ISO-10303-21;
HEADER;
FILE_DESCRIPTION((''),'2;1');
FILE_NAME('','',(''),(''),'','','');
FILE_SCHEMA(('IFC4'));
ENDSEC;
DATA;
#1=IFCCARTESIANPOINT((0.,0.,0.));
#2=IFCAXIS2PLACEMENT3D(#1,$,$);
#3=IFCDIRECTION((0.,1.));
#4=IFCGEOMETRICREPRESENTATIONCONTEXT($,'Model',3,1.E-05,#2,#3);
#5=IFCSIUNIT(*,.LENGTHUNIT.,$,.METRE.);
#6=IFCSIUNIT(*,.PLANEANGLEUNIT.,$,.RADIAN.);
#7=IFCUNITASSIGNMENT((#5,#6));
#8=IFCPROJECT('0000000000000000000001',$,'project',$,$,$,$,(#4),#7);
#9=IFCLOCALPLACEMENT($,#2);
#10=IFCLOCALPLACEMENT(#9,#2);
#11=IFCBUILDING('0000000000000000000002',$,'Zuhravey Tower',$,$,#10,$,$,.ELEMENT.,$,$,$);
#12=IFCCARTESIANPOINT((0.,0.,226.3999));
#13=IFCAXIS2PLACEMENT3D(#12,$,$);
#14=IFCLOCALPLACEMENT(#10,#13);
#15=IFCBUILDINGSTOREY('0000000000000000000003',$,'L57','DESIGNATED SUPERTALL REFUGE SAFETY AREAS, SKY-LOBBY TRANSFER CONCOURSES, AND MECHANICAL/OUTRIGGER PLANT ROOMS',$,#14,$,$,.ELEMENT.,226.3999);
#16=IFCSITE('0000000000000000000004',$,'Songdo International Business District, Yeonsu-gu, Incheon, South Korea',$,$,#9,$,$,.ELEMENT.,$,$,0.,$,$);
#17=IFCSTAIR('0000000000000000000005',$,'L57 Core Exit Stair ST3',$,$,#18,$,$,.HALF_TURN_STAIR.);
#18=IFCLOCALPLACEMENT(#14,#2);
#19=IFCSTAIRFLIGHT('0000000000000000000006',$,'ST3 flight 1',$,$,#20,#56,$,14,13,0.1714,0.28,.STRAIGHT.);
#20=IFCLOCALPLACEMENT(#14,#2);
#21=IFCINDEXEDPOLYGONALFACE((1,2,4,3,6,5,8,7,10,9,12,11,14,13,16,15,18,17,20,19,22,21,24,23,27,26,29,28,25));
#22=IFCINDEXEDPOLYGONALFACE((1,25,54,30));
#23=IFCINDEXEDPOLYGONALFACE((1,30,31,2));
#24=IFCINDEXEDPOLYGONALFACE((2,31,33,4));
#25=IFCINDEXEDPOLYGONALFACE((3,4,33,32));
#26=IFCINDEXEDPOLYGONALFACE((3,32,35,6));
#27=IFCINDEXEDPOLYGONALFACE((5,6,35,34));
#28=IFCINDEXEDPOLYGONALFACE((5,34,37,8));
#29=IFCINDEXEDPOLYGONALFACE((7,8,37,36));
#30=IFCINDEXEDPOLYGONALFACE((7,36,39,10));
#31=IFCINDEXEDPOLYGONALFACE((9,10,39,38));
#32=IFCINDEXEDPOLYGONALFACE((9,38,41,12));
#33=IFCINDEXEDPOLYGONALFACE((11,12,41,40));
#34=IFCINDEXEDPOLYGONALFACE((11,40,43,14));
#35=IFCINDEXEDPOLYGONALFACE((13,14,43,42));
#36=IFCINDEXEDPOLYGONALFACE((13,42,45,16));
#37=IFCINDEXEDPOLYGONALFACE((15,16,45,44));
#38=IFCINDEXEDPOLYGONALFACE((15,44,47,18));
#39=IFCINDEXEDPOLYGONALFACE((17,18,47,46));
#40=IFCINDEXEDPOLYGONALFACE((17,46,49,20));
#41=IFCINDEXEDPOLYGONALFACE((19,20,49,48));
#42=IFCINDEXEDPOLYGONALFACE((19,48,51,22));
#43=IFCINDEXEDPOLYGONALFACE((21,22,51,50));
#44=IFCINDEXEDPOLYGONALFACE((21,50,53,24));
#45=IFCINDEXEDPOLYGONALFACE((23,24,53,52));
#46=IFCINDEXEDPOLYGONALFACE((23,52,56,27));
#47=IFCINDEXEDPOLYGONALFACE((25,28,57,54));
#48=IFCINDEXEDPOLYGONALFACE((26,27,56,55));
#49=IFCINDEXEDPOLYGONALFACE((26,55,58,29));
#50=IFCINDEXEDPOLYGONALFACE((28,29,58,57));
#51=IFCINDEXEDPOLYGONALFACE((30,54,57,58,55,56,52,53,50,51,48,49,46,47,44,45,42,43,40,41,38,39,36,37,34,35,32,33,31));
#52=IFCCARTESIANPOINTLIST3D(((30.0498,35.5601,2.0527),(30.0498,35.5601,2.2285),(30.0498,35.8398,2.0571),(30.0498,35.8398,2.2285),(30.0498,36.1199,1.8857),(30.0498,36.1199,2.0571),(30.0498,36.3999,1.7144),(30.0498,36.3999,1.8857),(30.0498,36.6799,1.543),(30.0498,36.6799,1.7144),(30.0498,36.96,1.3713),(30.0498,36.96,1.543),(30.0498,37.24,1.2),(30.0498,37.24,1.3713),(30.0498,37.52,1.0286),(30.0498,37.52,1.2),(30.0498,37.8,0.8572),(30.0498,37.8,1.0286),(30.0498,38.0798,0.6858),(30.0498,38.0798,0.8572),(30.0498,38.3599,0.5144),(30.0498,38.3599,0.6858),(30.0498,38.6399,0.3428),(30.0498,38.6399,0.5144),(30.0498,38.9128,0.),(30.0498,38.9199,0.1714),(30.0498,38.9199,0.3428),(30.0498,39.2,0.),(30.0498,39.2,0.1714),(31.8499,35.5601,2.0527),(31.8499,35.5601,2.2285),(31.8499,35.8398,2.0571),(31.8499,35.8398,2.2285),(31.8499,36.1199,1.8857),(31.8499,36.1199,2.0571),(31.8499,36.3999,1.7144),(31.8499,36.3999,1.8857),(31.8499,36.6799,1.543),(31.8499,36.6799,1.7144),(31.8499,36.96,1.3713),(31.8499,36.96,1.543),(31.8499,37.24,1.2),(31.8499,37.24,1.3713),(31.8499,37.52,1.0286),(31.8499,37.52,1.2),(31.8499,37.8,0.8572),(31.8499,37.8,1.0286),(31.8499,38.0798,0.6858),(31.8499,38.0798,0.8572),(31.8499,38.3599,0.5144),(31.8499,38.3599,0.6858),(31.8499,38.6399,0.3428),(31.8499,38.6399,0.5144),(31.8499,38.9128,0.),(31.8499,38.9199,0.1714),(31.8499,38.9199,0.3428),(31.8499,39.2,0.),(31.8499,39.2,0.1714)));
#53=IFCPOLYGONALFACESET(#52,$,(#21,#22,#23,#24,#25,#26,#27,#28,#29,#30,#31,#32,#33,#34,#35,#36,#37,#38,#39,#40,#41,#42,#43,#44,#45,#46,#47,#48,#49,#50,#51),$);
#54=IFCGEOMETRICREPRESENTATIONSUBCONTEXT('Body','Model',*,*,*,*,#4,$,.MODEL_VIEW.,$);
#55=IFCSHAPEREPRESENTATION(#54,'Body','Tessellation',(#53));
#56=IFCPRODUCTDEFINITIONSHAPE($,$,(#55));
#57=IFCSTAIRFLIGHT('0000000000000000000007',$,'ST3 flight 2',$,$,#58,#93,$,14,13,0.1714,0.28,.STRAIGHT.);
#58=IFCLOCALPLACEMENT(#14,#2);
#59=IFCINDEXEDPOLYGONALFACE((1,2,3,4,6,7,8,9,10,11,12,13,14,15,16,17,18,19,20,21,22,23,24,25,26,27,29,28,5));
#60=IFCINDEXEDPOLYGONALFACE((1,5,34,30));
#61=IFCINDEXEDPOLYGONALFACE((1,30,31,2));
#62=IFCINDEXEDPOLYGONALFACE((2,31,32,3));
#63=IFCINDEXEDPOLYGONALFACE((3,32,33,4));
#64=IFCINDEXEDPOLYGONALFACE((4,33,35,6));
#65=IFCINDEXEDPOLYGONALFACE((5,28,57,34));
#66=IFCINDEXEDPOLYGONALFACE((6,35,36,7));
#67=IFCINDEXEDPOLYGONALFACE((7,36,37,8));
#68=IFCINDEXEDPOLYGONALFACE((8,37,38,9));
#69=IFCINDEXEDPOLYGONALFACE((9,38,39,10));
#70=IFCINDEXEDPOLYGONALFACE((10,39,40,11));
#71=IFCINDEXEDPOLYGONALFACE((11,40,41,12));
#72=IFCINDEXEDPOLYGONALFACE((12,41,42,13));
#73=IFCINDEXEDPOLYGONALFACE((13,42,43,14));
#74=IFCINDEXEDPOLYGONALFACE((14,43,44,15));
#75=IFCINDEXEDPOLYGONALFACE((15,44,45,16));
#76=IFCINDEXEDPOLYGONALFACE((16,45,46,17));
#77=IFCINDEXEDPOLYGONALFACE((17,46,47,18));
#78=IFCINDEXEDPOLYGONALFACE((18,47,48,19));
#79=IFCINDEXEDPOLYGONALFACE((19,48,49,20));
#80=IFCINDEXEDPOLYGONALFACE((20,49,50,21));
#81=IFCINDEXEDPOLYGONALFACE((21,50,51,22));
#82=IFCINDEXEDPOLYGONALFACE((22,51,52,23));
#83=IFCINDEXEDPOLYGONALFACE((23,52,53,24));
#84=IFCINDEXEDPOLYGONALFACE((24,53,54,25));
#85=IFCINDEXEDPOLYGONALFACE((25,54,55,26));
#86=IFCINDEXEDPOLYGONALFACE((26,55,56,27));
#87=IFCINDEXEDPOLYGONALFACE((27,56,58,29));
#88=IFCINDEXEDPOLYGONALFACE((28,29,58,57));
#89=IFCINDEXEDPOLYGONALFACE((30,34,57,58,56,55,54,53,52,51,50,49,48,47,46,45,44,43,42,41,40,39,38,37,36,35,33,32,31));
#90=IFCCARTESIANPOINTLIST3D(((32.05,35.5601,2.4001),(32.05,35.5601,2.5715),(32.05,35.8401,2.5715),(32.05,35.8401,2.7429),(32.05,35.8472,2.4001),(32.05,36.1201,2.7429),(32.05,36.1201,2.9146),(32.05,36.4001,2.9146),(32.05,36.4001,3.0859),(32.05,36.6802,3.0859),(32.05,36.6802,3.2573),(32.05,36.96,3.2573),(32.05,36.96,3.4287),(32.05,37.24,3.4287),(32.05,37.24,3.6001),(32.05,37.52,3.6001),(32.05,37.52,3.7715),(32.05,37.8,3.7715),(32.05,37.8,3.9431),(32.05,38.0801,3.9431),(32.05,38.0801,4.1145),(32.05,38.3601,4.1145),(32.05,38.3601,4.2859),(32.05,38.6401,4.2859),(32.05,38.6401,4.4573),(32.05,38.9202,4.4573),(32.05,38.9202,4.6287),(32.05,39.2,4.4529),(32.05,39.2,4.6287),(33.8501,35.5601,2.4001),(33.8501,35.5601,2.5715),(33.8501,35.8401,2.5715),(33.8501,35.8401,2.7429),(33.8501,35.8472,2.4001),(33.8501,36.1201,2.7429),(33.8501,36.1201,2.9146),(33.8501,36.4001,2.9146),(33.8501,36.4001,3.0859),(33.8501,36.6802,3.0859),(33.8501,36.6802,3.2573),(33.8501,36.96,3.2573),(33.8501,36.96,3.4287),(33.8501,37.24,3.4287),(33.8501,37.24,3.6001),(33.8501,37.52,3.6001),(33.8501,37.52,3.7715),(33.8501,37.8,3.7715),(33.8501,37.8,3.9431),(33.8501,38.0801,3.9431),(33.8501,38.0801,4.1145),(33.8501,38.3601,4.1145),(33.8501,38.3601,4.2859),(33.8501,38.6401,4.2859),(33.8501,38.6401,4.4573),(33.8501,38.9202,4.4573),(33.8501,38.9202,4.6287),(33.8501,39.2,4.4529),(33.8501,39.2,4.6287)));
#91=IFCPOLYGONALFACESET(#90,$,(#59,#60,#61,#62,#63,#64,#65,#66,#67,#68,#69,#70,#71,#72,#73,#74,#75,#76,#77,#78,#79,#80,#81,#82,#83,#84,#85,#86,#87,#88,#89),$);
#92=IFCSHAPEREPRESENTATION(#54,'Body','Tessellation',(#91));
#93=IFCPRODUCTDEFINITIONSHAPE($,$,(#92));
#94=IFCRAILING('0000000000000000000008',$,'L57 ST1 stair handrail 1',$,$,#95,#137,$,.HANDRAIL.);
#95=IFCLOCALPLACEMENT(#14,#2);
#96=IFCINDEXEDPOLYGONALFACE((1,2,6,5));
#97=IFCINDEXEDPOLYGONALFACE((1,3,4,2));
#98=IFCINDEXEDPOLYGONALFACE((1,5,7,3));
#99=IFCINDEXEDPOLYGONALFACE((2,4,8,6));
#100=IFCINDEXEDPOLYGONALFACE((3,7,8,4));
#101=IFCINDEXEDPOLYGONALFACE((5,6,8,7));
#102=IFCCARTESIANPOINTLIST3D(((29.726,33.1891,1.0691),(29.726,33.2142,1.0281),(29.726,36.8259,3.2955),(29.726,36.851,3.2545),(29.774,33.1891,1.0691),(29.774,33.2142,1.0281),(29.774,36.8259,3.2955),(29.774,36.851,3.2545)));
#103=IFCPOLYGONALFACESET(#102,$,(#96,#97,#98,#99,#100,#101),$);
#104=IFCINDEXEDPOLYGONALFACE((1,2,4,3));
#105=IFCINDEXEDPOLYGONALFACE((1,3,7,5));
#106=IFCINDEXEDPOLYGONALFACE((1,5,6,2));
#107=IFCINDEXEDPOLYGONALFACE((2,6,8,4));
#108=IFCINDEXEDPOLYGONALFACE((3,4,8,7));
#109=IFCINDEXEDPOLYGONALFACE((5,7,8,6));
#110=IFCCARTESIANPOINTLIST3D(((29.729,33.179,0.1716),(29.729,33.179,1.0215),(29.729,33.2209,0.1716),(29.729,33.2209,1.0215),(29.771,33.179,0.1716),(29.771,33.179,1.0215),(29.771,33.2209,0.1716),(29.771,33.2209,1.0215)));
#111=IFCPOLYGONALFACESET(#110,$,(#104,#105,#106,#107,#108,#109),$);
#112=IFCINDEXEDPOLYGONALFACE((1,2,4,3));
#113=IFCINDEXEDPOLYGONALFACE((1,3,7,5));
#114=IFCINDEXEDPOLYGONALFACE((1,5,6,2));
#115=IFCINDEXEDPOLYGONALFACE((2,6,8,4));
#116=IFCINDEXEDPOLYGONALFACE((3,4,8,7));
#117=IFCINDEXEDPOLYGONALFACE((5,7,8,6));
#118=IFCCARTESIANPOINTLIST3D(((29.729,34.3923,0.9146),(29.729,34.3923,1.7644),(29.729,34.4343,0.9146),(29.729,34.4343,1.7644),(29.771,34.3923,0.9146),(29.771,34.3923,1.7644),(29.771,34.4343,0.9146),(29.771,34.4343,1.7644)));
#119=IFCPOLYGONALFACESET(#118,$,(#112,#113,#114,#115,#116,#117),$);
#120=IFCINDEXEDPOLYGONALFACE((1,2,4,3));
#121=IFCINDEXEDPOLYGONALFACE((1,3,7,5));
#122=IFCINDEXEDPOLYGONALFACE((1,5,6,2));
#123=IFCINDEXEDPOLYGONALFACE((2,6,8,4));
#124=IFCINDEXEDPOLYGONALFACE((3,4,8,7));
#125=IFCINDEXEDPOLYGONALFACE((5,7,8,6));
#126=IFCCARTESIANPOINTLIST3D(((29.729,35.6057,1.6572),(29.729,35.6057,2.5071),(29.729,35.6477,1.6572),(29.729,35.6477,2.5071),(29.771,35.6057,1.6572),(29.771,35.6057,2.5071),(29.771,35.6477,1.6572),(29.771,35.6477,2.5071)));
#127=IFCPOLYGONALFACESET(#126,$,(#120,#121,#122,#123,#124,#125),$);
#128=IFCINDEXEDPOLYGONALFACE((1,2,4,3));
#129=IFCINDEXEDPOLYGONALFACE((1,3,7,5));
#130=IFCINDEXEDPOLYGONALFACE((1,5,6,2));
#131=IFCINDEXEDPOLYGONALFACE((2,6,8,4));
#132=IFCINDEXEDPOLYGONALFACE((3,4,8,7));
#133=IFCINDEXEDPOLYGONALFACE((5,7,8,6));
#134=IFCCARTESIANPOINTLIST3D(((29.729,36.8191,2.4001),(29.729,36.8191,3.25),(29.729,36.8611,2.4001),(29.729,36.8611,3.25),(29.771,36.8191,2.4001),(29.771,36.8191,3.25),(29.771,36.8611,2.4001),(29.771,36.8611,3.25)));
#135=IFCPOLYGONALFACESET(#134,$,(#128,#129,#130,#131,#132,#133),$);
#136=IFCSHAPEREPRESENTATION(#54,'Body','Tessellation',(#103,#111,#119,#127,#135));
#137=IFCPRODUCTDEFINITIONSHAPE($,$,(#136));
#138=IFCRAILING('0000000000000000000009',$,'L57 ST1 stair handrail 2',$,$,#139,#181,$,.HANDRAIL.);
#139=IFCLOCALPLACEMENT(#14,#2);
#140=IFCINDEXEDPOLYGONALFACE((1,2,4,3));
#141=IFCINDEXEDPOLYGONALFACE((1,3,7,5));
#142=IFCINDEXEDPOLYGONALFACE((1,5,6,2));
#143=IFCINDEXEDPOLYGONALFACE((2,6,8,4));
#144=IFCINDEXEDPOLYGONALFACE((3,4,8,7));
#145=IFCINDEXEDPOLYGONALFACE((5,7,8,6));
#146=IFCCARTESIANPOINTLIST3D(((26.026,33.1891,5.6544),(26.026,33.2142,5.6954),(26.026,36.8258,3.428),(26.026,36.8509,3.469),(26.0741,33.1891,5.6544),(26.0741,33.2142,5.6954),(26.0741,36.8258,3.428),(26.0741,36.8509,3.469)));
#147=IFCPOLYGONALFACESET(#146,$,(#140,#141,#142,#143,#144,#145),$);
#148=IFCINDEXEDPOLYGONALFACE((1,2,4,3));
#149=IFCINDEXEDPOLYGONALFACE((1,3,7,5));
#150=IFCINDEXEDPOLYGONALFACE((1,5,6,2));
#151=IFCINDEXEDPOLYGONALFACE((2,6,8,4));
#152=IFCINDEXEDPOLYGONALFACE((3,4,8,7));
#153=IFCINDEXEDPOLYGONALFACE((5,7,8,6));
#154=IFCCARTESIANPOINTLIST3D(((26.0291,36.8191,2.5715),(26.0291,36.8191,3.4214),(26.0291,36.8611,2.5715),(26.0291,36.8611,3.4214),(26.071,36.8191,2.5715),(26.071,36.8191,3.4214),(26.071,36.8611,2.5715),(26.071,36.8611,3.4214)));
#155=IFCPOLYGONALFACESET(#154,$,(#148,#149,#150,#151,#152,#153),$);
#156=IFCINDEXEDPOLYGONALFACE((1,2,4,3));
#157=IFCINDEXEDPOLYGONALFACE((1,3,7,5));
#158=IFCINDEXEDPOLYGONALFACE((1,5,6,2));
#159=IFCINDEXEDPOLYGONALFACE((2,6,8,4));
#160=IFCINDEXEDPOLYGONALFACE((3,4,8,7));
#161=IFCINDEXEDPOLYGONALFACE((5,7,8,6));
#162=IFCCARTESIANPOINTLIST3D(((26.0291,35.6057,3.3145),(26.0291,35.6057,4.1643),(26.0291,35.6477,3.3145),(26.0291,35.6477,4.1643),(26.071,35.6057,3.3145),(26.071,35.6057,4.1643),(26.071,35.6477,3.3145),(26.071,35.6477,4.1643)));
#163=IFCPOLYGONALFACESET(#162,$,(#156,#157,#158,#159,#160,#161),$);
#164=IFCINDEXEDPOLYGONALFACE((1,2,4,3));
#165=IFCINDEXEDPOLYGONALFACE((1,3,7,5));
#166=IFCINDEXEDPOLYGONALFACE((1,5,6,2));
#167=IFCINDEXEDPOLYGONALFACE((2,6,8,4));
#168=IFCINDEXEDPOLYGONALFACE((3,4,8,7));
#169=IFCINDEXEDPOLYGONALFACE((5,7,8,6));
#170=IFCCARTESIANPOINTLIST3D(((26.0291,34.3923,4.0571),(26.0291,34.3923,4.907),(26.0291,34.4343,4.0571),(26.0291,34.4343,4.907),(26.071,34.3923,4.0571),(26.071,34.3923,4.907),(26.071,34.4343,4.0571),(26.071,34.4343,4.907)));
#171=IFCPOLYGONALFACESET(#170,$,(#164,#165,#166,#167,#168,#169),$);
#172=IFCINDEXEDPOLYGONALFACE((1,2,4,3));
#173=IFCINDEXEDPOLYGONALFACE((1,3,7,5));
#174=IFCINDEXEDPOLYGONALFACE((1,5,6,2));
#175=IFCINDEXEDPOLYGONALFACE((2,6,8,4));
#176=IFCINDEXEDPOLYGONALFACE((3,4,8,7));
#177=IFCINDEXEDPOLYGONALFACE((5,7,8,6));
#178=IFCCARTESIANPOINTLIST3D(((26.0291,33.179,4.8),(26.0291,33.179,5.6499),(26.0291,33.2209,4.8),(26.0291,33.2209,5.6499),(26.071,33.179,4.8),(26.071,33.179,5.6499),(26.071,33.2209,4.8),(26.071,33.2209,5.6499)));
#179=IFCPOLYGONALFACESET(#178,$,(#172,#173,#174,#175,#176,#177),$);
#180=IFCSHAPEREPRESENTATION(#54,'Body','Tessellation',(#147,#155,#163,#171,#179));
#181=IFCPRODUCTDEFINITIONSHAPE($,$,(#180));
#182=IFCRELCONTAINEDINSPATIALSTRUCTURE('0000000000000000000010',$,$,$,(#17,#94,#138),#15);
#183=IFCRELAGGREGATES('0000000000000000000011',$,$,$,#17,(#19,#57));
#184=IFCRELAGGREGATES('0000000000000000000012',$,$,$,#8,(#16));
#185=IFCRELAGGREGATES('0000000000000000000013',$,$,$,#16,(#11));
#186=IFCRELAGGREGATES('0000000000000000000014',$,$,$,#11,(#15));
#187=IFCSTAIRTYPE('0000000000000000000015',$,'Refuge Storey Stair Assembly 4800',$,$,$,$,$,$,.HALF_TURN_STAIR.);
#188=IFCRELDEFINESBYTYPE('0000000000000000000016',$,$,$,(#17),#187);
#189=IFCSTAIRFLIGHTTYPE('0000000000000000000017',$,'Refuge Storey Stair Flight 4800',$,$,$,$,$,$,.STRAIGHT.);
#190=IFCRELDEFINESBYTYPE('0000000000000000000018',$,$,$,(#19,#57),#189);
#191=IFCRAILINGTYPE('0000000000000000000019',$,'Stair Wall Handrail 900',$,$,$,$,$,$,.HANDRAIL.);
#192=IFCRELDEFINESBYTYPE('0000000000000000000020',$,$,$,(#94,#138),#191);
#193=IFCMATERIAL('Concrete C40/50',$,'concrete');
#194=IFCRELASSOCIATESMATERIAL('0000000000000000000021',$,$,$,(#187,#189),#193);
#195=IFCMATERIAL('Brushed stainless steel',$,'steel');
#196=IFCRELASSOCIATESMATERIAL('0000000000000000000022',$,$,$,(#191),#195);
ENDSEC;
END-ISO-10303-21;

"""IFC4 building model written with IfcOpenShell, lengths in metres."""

from ifc_helpers import new_model, si_unit, direction, frame, origin, origin_2d, place, context, subcontext, project, spatial, polyline, rectangle, outline, extrude, material, type_object, element, aggregate, save


model = new_model("IFC4")

# Units and contexts
model_context = context("Model", 3, precision=1e-05, world=origin(), true_north=direction((0.0, 1.0)))
body_context = subcontext(model_context, "Body", "Model", "MODEL_VIEW")
ifc_project = project(units=[si_unit("LENGTHUNIT", "METRE"), si_unit("PLANEANGLEUNIT", "RADIAN")], contexts=[model_context])

# Site, building, storey
site_placement = place(None, origin())
site = spatial("IfcSite", under=ifc_project, at=site_placement, Name="Songdo International Business District, Yeonsu-gu, Incheon, South Korea", CompositionType="ELEMENT", RefElevation=0.0)
building_placement = place(site_placement, origin())
building = spatial("IfcBuilding", under=site, at=building_placement, Name="Zuhravey Tower", CompositionType="ELEMENT")
storey_placement = place(building_placement, frame((0.0, 0.0, 226.3999)))
storey = spatial("IfcBuildingStorey", under=building, at=storey_placement, Name="L57", Description="DESIGNATED SUPERTALL REFUGE SAFETY AREAS, SKY-LOBBY TRANSFER CONCOURSES, AND MECHANICAL/OUTRIGGER PLANT ROOMS", CompositionType="ELEMENT", Elevation=226.3999)

# Stair, stair flights
ifc_material_1 = material(Name="Concrete C40/50", Category="concrete")
stair_type = type_object("IfcStairType", Name="Refuge Storey Stair Assembly 4800", PredefinedType="HALF_TURN_STAIR", material=ifc_material_1)
stair_flight_type = type_object("IfcStairFlightType", Name="Refuge Storey Stair Flight 4800", PredefinedType="STRAIGHT", material=ifc_material_1)
stair_1_placement = place(storey_placement, origin())
stair_1 = element("IfcStair", 1, at=stair_1_placement, inside=storey, type_object=stair_type, Name="L57 Core Exit Stair ST3", PredefinedType="HALF_TURN_STAIR")
stair_flight_1_placement = place(storey_placement, frame((30.95, 39.2, 0.0), z_axis=(0.0, 0.0, 1.0), x_axis=(0.0, -1.0, 0.0)))
stair_flight_1 = element("IfcStairFlight", 2, at=stair_flight_1_placement, type_object=stair_flight_type, Name="ST3 flight 1", NumberOfRisers=14, NumberOfTreads=13, PredefinedType="STRAIGHT", RiserHeight=0.1714, TreadLength=0.28, context=body_context, shape_type="SweptSolid", body=[
    extrude(outline(polyline([(0.0, 0.0), (0.0, 0.1714), (0.28, 0.1714), (0.28, 0.3428), (0.5601, 0.3428), (0.5601, 0.5144), (0.8401, 0.5144), (0.8401, 0.6858), (1.1201, 0.6858), (1.1201, 0.8572), (1.3999, 0.8572), (1.3999, 1.0286), (1.6799, 1.0286), (1.6799, 1.2), (1.96, 1.2), (1.96, 1.3713), (2.24, 1.3713), (2.24, 1.543), (2.52, 1.543), (2.52, 1.7144), (2.8, 1.7144), (2.8, 1.8857), (3.0801, 1.8857), (3.0801, 2.0571), (3.3601, 2.0571), (3.3601, 2.2285), (3.6399, 2.2285), (3.6399, 2.3999), (3.6399, 2.0527), (0.2871, 0.0), (0.0, 0.0)])), frame((0.0, 0.8999, 0.0), z_axis=(0.0, -1.0, 0.0), x_axis=(1.0, 0.0, 0.0)), (0.0, 0.0, 1.0), 1.8),
])
stair_flight_2_placement = place(storey_placement, frame((32.95, 35.5601, 2.4001), z_axis=(0.0, 0.0, 1.0), x_axis=(0.0, 1.0, 0.0)))
stair_flight_2 = element("IfcStairFlight", 3, at=stair_flight_2_placement, type_object=stair_flight_type, Name="ST3 flight 2", NumberOfRisers=14, NumberOfTreads=13, PredefinedType="STRAIGHT", RiserHeight=0.1714, TreadLength=0.28, context=body_context, shape_type="SweptSolid", body=[
    extrude(outline(polyline([(0.0, 0.0), (0.0, 0.1714), (0.28, 0.1714), (0.28, 0.3428), (0.5601, 0.3428), (0.5601, 0.5144), (0.8401, 0.5144), (0.8401, 0.6858), (1.1201, 0.6858), (1.1201, 0.8572), (1.3999, 0.8572), (1.3999, 1.0286), (1.6799, 1.0286), (1.6799, 1.2), (1.96, 1.2), (1.96, 1.3713), (2.24, 1.3713), (2.24, 1.543), (2.52, 1.543), (2.52, 1.7144), (2.8, 1.7144), (2.8, 1.8857), (3.0801, 1.8857), (3.0801, 2.0571), (3.3601, 2.0571), (3.3601, 2.2285), (3.6399, 2.2285), (3.6399, 2.3999), (3.6399, 2.0527), (0.2871, 0.0), (0.0, 0.0)])), frame((0.0, 0.8999, 0.0), z_axis=(0.0, -1.0, 0.0), x_axis=(1.0, 0.0, 0.0)), (0.0, 0.0, 1.0), 1.8),
])
aggregate(stair_1, [stair_flight_1, stair_flight_2])

# Railings
ifc_material_2 = material(Name="Brushed stainless steel", Category="steel")
railing_type_1 = type_object("IfcRailingType", Name="Stair Wall Handrail 900", PredefinedType="HANDRAIL", material=ifc_material_2)
railing_1_placement = place(storey_placement, frame((29.75, 33.2, 0.1716)))
element("IfcRailing", 4, at=railing_1_placement, inside=storey, type_object=railing_type_1, Name="L57 ST1 stair handrail 1", PredefinedType="HANDRAIL", context=body_context, shape_type="SweptSolid", body=[
    extrude(rectangle(XDim=0.0481, YDim=0.0481, at=origin_2d()), frame((0.0, 0.0017, 0.877), z_axis=(0.0, 0.852866, 0.52213), x_axis=(-1.0, 0.0, 0.0)), (0.0, 0.0, 1.0), 4.2642),
    extrude(rectangle(XDim=0.042, YDim=0.042, at=origin_2d()), origin(), (0.0, 0.0, 1.0), 0.8499),
    extrude(rectangle(XDim=0.042, YDim=0.042, at=origin_2d()), frame((0.0, 1.2134, 0.7429)), (0.0, 0.0, 1.0), 0.8499),
    extrude(rectangle(XDim=0.042, YDim=0.042, at=origin_2d()), frame((0.0, 2.4268, 1.4856)), (0.0, 0.0, 1.0), 0.8499),
    extrude(rectangle(XDim=0.042, YDim=0.042, at=origin_2d()), frame((0.0, 3.6401, 2.2285)), (0.0, 0.0, 1.0), 0.8499),
])
railing_2_placement = place(storey_placement, frame((26.05, 36.8401, 2.5715)))
element("IfcRailing", 5, at=railing_2_placement, inside=storey, type_object=railing_type_1, Name="L57 ST1 stair handrail 2", PredefinedType="HANDRAIL", context=body_context, shape_type="SweptSolid", body=[
    extrude(rectangle(XDim=0.0481, YDim=0.0481, at=origin_2d()), frame((0.0, -0.0017, 0.877), z_axis=(0.0, -0.852866, 0.52213), x_axis=(1.0, 0.0, 0.0)), (0.0, 0.0, 1.0), 4.2642),
    extrude(rectangle(XDim=0.042, YDim=0.042, at=origin_2d()), origin(), (0.0, 0.0, 1.0), 0.8499),
    extrude(rectangle(XDim=0.042, YDim=0.042, at=origin_2d()), frame((0.0, -1.2134, 0.7429)), (0.0, 0.0, 1.0), 0.8499),
    extrude(rectangle(XDim=0.042, YDim=0.042, at=origin_2d()), frame((0.0, -2.4268, 1.4856)), (0.0, 0.0, 1.0), 0.8499),
    extrude(rectangle(XDim=0.042, YDim=0.042, at=origin_2d()), frame((0.0, -3.6401, 2.2285)), (0.0, 0.0, 1.0), 0.8499),
])

save(model, "model.ifc")
